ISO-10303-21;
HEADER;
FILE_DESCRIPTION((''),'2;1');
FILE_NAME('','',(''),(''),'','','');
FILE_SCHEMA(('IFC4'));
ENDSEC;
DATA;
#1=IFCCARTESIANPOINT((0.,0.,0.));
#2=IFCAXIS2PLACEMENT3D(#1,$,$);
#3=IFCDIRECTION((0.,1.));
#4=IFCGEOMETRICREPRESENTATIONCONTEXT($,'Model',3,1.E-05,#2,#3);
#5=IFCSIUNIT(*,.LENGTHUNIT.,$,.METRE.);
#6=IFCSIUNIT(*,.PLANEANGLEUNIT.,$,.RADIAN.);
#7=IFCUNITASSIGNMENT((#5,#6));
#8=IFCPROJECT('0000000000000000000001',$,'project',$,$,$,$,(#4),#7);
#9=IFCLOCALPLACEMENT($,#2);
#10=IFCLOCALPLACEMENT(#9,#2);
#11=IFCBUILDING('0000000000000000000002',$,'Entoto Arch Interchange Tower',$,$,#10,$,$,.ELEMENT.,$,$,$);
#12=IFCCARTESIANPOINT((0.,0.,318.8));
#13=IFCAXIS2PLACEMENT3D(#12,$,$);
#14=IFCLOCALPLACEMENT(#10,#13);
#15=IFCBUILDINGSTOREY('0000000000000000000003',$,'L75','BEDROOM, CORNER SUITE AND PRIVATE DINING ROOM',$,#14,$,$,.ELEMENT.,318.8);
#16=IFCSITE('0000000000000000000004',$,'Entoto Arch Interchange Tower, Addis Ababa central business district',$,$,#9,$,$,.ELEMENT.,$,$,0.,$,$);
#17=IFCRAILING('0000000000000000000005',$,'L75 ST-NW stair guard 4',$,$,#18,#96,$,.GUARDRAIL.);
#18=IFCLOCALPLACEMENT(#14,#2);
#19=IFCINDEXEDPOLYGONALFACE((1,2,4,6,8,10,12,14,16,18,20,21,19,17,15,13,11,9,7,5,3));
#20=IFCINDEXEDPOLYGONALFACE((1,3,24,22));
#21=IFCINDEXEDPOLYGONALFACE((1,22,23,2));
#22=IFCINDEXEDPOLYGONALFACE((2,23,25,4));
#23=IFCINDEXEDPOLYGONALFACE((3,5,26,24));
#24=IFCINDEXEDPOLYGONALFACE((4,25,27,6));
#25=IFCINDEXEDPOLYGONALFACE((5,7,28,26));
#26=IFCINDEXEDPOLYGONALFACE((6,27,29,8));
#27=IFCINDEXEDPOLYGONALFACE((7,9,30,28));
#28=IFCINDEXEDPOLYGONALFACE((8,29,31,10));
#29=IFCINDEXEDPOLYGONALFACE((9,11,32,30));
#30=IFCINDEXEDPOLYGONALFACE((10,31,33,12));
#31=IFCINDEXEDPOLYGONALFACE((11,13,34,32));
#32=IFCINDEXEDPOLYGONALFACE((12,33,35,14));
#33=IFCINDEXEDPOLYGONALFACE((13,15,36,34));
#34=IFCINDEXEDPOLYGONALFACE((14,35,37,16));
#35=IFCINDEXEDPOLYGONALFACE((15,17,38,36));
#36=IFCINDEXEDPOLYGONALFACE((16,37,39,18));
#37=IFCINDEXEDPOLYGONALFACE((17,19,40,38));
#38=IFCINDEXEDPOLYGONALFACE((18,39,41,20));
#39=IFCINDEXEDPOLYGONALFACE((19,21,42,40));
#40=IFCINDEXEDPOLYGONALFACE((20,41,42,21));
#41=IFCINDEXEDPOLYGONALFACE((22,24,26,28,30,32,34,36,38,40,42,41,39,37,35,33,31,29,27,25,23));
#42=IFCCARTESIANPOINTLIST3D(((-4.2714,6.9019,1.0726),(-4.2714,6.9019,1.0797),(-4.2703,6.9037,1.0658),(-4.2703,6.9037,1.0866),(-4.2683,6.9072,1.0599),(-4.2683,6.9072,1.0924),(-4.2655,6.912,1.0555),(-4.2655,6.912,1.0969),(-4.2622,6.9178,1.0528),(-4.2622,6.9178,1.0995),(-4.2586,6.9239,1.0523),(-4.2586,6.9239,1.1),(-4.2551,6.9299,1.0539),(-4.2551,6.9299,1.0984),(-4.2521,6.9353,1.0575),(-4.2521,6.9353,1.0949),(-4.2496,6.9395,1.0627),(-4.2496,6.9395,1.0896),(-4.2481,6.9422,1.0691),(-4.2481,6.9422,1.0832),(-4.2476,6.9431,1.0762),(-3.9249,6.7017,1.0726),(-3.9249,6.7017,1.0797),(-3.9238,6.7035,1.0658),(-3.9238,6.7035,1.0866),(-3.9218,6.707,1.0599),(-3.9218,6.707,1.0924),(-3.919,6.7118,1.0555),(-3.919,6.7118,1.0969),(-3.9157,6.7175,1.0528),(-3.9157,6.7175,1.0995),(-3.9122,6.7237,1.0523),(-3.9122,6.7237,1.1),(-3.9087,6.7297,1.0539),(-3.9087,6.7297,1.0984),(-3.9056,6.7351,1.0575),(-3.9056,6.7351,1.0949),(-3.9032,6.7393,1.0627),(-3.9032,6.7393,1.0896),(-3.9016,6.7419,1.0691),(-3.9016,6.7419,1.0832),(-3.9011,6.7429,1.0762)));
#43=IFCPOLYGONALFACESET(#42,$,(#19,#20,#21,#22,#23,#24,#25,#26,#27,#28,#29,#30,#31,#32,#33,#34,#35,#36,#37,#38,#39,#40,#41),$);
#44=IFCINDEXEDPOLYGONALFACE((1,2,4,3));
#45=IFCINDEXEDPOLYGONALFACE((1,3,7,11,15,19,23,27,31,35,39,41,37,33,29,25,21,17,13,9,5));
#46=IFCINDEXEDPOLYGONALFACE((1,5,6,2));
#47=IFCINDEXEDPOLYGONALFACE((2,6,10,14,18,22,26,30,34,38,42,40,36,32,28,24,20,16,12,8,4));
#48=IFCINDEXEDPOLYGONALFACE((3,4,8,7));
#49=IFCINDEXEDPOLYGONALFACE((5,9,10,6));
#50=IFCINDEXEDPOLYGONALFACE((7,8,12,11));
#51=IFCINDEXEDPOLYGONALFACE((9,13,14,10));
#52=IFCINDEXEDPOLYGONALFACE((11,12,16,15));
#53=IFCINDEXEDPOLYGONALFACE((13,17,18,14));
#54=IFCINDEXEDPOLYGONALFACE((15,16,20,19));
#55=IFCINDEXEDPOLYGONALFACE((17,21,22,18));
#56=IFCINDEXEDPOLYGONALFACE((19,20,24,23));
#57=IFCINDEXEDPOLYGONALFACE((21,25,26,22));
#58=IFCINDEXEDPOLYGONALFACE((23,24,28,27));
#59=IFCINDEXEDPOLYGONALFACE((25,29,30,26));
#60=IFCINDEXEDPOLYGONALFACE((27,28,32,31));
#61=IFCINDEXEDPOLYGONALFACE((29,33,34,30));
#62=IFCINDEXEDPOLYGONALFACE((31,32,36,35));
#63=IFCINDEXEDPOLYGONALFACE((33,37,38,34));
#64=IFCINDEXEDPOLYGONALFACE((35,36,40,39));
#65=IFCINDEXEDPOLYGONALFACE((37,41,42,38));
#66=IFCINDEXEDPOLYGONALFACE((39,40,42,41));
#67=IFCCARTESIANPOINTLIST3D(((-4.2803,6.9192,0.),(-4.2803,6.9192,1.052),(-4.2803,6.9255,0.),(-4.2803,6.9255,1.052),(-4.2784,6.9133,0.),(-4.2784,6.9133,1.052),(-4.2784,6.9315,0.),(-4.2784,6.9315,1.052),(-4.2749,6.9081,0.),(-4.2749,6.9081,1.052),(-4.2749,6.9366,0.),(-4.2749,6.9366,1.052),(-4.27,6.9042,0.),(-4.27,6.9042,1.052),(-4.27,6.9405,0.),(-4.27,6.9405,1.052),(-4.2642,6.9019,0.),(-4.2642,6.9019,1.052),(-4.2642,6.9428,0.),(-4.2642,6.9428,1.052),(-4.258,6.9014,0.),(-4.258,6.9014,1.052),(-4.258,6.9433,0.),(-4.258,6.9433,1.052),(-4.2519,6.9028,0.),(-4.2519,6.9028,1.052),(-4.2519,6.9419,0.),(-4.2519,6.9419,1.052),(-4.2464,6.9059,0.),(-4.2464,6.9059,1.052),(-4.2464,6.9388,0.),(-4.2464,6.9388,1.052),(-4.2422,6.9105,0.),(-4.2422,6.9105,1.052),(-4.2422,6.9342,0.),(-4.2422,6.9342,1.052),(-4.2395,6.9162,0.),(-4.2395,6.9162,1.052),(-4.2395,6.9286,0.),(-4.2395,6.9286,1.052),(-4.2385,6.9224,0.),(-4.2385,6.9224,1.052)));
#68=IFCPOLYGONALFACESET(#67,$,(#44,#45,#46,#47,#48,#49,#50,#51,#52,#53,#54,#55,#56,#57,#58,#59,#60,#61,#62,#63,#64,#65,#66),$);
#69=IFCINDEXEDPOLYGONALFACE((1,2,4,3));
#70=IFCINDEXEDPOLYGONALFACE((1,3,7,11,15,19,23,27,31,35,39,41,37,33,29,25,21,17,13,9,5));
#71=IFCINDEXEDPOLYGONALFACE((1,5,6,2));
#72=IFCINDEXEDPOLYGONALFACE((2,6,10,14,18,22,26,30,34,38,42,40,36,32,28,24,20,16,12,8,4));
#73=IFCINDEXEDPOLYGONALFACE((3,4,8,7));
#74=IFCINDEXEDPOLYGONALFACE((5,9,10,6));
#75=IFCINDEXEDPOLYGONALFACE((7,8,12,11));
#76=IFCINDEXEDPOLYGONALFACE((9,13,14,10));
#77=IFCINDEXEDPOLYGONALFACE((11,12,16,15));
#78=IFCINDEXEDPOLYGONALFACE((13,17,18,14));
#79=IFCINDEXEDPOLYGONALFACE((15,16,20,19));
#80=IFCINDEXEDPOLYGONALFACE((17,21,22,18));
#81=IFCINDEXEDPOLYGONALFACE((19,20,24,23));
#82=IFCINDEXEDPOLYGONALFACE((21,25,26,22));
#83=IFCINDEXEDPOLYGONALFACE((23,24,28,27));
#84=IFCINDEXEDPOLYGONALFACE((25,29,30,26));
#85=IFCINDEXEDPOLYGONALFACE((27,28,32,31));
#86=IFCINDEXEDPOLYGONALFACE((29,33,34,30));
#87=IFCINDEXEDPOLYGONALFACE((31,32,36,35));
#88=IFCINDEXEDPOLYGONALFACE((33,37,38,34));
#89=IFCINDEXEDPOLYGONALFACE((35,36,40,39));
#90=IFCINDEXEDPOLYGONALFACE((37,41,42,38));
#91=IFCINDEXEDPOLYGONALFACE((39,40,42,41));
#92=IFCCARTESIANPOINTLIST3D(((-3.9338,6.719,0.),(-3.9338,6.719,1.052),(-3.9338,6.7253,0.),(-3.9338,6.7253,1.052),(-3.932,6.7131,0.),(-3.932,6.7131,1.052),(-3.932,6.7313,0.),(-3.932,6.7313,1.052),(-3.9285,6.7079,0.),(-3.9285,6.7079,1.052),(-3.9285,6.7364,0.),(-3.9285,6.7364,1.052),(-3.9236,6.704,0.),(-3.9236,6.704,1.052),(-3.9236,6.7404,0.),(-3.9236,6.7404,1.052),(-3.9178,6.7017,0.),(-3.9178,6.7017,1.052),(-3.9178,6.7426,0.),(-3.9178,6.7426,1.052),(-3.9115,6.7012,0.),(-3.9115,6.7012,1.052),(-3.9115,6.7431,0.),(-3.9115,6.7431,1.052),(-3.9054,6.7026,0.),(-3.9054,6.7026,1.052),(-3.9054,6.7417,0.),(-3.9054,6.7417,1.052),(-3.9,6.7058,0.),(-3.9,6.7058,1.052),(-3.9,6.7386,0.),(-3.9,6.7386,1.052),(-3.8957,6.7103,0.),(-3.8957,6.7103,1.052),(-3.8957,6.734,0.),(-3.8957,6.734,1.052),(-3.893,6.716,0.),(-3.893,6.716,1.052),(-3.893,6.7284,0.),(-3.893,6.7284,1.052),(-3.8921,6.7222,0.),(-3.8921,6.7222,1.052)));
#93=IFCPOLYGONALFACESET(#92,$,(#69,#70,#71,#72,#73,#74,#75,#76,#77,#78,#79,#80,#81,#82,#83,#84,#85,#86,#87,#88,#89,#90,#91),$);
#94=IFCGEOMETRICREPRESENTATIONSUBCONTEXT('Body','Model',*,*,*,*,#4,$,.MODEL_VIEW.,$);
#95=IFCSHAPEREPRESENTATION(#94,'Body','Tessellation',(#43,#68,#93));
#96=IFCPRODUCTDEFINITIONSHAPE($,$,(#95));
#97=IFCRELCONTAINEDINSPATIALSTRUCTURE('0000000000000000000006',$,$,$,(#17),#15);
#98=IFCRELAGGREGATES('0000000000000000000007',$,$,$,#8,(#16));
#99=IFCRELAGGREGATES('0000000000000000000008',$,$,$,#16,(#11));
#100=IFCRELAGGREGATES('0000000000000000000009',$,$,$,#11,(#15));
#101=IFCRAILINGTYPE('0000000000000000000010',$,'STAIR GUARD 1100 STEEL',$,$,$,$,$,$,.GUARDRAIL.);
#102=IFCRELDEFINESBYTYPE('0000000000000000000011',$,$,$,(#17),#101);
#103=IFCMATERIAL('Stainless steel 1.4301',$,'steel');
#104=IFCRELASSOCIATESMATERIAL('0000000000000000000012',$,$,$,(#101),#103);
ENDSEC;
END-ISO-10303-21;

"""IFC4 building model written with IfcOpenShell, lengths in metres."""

from ifc_helpers import new_model, si_unit, direction, frame, origin, origin_2d, place, context, subcontext, project, spatial, circle, extrude, material, type_object, element, save


model = new_model("IFC4")

# Units and contexts
model_context = context("Model", 3, precision=1e-05, world=origin(), true_north=direction((0.0, 1.0)))
body_context = subcontext(model_context, "Body", "Model", "MODEL_VIEW")
ifc_project = project(units=[si_unit("LENGTHUNIT", "METRE"), si_unit("PLANEANGLEUNIT", "RADIAN")], contexts=[model_context])

# Site, building, storey
site_placement = place(None, origin())
site = spatial("IfcSite", under=ifc_project, at=site_placement, Name="Entoto Arch Interchange Tower, Addis Ababa central business district", CompositionType="ELEMENT", RefElevation=0.0)
building_placement = place(site_placement, origin())
building = spatial("IfcBuilding", under=site, at=building_placement, Name="Entoto Arch Interchange Tower", CompositionType="ELEMENT")
storey_placement = place(building_placement, frame((0.0, 0.0, 318.8)))
storey = spatial("IfcBuildingStorey", under=building, at=storey_placement, Name="L75", Description="BEDROOM, CORNER SUITE AND PRIVATE DINING ROOM", CompositionType="ELEMENT", Elevation=318.8)

# Railing
ifc_material_1 = material(Name="Stainless steel 1.4301", Category="steel")
railing_type_1 = type_object("IfcRailingType", Name="STAIR GUARD 1100 STEEL", PredefinedType="GUARDRAIL", material=ifc_material_1)
railing_1_placement = place(storey_placement, frame((-4.2595, 6.9224, 0.0)))
element("IfcRailing", 1, at=railing_1_placement, inside=storey, type_object=railing_type_1, Name="L75 ST-NW stair guard 4", PredefinedType="GUARDRAIL", context=body_context, shape_type="SweptSolid", body=[
    extrude(circle(Radius=0.0239, at=origin_2d()), frame((0.0, 0.0, 1.0762), z_axis=(0.86583, -0.500339, 0.0), x_axis=(0.500339, 0.86583, 0.0)), (0.0, 0.0, 1.0), 0.4001),
    extrude(circle(Radius=0.021, at=origin_2d()), origin(), (0.0, 0.0, 1.0), 1.052),
    extrude(circle(Radius=0.021, at=origin_2d()), frame((0.3464, -0.2002, 0.0)), (0.0, 0.0, 1.0), 1.052),
])

save(model, "model.ifc")
